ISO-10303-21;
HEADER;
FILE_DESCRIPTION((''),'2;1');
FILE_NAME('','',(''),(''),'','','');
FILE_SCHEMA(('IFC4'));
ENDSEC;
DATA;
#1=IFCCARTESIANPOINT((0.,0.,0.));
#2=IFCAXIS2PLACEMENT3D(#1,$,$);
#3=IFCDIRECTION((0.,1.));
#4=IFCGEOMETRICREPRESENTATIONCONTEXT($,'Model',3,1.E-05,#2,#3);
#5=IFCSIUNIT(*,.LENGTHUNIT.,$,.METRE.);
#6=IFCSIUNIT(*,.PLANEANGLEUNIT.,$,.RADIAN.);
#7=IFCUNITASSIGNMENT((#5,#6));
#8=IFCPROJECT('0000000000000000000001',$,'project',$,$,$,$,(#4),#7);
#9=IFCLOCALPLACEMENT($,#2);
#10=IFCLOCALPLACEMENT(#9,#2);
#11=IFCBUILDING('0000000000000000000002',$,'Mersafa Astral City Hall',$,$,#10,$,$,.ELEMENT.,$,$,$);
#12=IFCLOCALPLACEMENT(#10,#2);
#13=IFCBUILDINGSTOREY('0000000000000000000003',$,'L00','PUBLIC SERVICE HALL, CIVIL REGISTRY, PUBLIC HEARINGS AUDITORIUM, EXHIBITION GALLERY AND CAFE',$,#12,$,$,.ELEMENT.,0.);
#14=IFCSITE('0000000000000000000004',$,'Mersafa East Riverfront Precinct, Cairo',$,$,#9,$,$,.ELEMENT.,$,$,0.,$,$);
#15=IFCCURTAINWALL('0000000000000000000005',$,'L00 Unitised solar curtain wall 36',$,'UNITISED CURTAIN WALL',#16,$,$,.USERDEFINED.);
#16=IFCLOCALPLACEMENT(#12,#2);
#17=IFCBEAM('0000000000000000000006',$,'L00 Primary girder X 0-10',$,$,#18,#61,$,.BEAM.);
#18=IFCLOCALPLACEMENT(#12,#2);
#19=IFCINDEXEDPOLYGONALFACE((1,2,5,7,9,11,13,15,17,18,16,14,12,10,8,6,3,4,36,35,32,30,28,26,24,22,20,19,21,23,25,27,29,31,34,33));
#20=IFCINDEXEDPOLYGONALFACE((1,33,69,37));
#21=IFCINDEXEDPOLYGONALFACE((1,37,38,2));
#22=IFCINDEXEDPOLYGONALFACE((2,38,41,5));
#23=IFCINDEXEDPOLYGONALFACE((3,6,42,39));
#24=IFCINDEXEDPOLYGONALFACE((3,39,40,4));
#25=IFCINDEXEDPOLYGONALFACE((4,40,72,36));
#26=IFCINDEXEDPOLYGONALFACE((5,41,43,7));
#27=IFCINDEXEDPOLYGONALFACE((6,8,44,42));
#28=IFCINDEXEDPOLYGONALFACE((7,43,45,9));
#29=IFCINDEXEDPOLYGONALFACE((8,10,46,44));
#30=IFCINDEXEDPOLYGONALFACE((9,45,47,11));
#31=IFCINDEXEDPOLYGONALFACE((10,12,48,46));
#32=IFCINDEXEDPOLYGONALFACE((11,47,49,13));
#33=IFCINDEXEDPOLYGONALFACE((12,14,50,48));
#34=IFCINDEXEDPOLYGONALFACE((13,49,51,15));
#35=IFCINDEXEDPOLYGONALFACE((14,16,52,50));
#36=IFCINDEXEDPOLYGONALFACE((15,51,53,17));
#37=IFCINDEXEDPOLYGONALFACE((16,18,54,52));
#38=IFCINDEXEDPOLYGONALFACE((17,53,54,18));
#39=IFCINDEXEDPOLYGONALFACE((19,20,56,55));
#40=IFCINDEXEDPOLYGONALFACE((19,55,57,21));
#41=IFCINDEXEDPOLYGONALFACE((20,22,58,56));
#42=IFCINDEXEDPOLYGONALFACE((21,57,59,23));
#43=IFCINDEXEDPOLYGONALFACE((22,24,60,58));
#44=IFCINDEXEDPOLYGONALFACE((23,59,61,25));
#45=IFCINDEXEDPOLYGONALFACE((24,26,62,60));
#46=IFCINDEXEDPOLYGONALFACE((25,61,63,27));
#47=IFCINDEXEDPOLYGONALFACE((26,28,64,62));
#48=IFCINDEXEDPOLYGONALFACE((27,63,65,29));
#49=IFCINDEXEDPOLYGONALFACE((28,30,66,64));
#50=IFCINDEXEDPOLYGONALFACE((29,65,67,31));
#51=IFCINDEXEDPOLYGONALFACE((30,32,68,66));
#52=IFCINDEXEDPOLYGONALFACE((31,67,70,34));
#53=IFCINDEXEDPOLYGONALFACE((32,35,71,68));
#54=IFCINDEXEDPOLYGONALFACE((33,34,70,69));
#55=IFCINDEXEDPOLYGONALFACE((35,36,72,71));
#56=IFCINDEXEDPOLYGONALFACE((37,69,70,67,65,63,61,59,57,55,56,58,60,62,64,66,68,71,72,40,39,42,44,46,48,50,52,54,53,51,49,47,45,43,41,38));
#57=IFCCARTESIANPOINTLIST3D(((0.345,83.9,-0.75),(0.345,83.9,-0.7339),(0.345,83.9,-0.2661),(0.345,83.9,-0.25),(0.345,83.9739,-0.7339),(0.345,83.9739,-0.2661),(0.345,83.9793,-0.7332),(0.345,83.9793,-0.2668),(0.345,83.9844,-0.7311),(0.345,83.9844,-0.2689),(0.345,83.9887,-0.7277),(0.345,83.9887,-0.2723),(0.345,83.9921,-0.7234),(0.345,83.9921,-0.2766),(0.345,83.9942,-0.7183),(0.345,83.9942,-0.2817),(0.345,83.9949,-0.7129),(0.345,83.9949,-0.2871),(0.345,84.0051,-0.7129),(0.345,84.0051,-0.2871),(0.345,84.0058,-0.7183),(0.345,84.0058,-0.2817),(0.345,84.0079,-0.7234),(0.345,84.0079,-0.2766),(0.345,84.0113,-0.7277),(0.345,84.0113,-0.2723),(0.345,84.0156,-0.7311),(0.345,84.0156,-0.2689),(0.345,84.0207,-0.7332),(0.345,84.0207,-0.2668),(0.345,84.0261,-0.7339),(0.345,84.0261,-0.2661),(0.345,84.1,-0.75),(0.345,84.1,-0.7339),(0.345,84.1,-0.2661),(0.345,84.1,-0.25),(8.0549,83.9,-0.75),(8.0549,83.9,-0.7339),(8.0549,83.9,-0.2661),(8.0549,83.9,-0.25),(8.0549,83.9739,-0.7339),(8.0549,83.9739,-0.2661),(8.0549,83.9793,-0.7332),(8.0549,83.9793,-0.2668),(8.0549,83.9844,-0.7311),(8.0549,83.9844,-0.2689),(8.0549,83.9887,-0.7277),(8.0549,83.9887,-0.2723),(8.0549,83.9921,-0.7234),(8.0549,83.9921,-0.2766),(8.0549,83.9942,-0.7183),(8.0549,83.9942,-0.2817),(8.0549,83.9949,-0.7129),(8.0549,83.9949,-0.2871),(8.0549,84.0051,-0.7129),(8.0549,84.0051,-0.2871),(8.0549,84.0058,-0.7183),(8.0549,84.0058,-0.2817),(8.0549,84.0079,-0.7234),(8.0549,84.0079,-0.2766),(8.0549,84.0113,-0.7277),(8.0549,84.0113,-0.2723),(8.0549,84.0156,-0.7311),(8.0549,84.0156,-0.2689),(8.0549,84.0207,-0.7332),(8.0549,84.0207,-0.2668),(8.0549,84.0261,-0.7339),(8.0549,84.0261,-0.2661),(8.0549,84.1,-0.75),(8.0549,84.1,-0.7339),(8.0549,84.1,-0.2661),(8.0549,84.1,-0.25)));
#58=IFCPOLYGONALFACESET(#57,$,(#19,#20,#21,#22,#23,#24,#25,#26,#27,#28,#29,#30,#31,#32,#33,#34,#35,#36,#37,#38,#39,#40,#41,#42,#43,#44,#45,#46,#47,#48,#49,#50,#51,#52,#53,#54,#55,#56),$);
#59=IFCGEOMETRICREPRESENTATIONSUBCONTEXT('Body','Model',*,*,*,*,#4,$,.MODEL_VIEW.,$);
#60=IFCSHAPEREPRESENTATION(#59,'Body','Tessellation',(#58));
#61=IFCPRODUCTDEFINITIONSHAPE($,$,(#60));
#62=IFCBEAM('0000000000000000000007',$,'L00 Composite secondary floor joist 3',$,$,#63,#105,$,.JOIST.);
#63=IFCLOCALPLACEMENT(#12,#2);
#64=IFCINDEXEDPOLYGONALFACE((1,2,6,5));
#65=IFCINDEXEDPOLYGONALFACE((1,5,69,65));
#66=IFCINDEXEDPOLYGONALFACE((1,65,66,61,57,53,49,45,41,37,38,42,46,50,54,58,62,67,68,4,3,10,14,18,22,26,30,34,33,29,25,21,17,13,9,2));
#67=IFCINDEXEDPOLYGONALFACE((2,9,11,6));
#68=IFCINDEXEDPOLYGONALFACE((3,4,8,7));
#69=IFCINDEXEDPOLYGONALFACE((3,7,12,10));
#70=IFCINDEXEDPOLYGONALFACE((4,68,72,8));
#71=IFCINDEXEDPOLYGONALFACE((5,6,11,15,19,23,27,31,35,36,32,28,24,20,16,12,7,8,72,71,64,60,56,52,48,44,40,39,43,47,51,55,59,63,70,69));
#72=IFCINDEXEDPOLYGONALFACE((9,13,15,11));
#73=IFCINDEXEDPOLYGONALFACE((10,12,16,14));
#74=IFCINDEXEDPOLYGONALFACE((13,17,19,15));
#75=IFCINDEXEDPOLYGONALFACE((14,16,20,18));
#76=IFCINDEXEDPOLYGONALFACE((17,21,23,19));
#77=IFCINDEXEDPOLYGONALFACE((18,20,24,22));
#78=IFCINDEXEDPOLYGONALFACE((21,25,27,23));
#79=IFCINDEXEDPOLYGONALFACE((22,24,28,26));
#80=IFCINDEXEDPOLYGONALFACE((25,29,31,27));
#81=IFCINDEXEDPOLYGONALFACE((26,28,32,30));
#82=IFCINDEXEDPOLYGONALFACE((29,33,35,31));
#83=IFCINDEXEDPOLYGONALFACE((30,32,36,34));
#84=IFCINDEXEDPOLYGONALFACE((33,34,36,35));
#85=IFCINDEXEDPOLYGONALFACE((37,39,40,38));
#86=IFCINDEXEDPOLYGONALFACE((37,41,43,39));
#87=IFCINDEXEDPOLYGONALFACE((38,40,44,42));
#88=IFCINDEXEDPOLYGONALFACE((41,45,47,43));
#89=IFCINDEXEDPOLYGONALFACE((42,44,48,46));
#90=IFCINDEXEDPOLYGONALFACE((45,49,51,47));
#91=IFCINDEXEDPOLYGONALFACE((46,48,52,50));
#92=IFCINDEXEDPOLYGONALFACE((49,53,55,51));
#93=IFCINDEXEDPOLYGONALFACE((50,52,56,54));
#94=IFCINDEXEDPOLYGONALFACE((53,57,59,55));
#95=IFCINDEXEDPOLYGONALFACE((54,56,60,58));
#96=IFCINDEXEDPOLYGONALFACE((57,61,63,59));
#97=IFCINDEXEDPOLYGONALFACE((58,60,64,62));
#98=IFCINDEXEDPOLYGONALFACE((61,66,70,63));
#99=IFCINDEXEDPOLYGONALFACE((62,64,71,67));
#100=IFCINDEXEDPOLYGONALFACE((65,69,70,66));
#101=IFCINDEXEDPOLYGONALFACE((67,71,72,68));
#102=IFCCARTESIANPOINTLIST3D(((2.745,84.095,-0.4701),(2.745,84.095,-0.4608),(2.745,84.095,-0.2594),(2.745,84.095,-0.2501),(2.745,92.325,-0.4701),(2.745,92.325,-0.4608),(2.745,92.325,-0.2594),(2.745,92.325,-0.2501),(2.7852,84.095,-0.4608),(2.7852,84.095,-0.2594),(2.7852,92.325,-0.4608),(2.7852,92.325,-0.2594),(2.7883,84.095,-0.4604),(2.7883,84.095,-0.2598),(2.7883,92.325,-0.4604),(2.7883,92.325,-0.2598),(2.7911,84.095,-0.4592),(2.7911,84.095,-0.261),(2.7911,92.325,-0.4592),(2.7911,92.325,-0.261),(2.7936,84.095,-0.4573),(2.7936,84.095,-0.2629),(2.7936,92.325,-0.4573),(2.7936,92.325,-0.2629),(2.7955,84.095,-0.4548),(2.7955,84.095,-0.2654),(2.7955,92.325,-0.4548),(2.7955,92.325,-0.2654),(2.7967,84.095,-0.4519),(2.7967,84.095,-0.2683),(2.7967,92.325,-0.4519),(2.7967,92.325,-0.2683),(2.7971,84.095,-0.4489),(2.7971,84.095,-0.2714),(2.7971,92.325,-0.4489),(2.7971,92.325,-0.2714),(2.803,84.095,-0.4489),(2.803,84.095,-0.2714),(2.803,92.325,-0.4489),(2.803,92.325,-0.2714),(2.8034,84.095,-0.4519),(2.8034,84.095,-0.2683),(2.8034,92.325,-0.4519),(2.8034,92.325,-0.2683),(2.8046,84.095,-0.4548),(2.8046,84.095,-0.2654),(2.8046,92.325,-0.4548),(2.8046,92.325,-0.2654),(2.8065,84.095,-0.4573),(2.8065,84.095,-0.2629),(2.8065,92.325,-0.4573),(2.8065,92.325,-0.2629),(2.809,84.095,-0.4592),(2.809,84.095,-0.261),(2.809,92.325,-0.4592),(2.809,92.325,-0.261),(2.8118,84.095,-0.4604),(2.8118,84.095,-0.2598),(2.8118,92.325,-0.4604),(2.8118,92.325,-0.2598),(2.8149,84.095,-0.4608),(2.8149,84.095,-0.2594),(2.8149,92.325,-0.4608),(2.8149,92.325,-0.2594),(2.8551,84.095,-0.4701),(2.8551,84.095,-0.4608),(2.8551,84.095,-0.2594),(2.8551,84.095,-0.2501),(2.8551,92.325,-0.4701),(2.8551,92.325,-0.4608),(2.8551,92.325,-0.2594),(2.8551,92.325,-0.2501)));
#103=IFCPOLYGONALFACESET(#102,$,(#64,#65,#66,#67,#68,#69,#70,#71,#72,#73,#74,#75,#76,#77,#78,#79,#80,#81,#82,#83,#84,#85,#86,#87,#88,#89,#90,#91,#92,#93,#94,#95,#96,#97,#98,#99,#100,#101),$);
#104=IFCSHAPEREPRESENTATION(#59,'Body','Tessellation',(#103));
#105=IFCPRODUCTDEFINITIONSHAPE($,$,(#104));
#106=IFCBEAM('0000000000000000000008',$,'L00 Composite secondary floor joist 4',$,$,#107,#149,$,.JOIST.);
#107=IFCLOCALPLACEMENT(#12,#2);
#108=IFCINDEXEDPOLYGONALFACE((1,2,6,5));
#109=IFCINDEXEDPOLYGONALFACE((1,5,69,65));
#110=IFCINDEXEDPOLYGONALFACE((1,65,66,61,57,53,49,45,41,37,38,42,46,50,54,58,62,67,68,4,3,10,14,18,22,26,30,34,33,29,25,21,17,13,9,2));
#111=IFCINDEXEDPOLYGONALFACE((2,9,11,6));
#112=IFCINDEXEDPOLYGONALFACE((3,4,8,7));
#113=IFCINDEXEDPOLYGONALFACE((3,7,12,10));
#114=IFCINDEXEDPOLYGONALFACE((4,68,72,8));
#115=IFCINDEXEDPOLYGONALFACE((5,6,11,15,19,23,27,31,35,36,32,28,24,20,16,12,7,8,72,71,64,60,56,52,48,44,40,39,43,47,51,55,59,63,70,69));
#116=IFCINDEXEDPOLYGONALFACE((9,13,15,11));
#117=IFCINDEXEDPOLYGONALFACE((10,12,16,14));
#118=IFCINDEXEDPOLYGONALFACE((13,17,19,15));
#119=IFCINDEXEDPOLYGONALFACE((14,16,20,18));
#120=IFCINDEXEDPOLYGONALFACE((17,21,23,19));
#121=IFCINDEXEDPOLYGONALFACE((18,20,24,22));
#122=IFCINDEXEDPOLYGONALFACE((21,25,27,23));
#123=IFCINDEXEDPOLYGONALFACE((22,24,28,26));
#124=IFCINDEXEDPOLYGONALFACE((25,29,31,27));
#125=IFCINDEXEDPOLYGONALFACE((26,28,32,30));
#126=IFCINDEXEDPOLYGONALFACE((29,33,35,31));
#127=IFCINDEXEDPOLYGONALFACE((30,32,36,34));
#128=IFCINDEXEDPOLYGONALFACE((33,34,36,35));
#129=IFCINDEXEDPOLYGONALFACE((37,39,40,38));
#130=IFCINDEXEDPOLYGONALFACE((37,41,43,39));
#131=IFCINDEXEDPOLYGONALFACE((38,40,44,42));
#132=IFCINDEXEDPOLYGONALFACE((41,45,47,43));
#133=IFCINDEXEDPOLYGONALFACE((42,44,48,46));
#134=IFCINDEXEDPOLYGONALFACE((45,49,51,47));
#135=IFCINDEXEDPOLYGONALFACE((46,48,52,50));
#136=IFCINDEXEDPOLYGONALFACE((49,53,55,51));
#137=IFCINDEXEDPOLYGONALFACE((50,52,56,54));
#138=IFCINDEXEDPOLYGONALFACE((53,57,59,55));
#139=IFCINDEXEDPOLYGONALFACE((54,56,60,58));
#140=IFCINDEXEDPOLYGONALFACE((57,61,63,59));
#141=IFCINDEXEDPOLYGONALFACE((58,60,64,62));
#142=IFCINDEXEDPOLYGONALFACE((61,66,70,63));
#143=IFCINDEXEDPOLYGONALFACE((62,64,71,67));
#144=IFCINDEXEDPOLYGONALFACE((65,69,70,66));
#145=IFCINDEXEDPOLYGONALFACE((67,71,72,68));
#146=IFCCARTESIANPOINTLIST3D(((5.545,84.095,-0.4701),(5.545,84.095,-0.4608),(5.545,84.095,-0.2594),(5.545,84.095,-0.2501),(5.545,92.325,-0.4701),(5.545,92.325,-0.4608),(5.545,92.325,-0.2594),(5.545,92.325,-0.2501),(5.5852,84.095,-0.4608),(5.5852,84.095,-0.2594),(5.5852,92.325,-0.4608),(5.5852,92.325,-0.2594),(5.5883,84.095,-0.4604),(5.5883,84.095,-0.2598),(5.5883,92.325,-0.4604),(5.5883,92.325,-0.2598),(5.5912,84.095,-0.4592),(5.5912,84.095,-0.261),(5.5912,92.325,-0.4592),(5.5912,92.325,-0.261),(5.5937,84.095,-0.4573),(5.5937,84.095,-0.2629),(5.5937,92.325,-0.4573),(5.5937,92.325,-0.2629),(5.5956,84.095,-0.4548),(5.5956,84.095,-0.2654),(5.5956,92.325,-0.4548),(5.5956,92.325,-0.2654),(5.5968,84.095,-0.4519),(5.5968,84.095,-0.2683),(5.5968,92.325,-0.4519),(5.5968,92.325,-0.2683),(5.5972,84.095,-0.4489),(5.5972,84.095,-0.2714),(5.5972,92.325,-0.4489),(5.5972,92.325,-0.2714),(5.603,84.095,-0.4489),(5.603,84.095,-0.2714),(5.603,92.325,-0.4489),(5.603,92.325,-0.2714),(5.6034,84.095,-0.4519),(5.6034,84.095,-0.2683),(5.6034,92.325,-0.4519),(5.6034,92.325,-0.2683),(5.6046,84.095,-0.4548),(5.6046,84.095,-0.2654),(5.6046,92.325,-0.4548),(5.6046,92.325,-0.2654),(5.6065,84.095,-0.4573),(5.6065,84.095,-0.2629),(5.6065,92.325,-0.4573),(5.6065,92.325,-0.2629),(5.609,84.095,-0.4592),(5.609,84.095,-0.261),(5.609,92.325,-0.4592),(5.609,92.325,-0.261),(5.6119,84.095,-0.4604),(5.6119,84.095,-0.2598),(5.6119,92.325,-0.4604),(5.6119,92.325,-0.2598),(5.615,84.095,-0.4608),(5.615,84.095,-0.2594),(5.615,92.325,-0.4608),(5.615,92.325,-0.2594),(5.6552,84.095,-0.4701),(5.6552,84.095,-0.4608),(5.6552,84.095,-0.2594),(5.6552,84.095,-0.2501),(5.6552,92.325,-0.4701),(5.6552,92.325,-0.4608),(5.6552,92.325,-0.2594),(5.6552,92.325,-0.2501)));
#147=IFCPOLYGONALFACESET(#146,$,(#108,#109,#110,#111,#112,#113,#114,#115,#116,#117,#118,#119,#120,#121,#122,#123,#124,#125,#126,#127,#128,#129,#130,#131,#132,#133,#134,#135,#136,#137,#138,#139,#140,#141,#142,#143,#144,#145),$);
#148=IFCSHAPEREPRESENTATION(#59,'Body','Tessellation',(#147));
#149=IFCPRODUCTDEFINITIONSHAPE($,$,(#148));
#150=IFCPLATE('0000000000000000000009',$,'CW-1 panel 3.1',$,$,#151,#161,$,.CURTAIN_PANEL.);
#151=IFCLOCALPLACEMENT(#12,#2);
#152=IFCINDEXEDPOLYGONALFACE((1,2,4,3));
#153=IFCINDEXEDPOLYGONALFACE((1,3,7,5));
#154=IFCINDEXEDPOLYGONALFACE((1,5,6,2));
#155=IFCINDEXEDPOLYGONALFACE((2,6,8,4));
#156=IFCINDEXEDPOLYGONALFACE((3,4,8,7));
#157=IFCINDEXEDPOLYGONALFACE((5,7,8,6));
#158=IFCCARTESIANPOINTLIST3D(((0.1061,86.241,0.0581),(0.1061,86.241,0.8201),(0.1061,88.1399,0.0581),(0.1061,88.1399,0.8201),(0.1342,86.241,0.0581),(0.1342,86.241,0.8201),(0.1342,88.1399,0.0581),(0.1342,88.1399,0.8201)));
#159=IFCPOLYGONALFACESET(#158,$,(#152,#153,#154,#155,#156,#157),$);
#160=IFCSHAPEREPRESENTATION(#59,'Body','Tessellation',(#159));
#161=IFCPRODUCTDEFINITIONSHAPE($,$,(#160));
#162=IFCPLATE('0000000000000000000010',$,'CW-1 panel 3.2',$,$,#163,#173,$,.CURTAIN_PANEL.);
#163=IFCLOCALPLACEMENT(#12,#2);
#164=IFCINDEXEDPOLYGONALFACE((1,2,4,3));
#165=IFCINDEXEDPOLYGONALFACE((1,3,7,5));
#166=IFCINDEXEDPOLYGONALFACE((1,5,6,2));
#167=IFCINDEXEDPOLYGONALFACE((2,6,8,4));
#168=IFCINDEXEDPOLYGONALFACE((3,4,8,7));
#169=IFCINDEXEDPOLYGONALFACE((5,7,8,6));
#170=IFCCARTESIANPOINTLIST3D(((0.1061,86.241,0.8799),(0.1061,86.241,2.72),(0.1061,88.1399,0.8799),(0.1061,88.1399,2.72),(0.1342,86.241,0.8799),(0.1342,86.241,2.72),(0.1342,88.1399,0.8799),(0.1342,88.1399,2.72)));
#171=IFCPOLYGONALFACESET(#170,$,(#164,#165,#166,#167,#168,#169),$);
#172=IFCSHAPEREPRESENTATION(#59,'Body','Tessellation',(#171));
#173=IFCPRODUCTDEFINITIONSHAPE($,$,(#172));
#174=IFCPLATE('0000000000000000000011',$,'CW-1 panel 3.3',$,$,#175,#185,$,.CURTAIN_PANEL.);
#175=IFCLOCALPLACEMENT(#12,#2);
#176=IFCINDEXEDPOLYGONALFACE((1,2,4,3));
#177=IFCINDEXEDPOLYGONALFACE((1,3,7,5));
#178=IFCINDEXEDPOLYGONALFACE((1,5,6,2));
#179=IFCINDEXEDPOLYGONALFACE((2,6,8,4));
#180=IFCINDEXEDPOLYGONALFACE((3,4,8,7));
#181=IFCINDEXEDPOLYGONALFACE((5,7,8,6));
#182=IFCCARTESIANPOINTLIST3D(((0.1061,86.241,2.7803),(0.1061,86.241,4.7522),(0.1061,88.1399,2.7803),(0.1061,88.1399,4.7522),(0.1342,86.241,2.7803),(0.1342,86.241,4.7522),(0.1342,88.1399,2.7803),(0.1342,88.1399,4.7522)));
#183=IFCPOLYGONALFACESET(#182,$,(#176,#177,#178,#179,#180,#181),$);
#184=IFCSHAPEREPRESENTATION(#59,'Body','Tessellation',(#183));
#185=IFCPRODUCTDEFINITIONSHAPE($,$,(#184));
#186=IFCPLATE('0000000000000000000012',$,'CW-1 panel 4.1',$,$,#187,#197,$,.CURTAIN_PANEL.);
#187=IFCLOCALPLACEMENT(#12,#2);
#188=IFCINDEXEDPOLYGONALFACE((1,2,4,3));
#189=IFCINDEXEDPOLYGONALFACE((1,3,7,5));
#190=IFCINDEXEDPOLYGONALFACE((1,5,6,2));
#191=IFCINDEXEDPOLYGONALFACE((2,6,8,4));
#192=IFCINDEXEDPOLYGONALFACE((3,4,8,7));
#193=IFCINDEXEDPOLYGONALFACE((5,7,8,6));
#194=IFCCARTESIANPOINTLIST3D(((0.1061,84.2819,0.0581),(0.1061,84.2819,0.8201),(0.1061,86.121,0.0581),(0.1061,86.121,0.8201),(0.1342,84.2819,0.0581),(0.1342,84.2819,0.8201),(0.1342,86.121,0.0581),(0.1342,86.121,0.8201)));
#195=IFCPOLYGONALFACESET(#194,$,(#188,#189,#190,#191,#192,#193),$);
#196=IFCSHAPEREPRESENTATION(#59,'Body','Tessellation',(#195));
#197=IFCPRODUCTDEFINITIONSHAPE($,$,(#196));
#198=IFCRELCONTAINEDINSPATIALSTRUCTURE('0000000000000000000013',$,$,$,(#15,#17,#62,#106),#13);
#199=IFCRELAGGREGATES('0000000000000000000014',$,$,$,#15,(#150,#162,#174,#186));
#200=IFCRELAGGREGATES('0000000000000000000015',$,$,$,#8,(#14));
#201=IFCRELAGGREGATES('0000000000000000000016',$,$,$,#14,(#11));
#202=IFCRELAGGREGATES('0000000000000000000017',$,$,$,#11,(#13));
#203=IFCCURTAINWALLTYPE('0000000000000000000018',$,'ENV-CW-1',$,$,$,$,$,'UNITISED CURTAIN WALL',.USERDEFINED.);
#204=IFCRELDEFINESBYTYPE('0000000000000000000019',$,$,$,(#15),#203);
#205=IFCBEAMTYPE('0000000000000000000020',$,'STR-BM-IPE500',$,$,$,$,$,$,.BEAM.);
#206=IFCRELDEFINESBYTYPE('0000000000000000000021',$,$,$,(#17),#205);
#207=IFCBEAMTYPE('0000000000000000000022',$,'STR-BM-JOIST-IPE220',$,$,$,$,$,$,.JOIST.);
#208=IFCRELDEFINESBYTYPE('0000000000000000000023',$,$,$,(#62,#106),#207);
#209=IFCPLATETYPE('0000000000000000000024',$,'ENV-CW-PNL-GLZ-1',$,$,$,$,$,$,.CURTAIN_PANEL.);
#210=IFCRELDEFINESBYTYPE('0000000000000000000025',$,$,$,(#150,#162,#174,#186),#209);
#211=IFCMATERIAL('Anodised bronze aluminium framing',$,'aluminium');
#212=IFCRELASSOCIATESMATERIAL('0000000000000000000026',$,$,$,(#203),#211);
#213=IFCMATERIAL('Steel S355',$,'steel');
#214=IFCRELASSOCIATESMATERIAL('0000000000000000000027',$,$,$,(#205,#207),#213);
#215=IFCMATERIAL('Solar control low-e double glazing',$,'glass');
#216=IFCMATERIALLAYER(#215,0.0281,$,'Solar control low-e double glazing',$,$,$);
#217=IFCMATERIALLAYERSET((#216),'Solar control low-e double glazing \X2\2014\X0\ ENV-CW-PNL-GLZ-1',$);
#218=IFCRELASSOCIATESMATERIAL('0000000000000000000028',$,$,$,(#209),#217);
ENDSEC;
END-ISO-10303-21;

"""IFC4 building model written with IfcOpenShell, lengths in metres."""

from ifc_helpers import new_model, si_unit, direction, frame, origin, origin_2d, place, context, subcontext, project, spatial, rectangle, i_section, extrude, material, layer, layer_set, material_profile, profile_set, type_object, element, aggregate, save


model = new_model("IFC4")

# Units and contexts
model_context = context("Model", 3, precision=1e-05, world=origin(), true_north=direction((0.0, 1.0)))
body_context = subcontext(model_context, "Body", "Model", "MODEL_VIEW")
ifc_project = project(units=[si_unit("LENGTHUNIT", "METRE"), si_unit("PLANEANGLEUNIT", "RADIAN")], contexts=[model_context])

# Site, building, storey
site_placement = place(None, origin())
site = spatial("IfcSite", under=ifc_project, at=site_placement, Name="Mersafa East Riverfront Precinct, Cairo", CompositionType="ELEMENT", RefElevation=0.0)
building_placement = place(site_placement, origin())
building = spatial("IfcBuilding", under=site, at=building_placement, Name="Mersafa Astral City Hall", CompositionType="ELEMENT")
storey_placement = place(building_placement, origin())
storey = spatial("IfcBuildingStorey", under=building, at=storey_placement, Name="L00", Description="PUBLIC SERVICE HALL, CIVIL REGISTRY, PUBLIC HEARINGS AUDITORIUM, EXHIBITION GALLERY AND CAFE", CompositionType="ELEMENT", Elevation=0.0)

# Shared definitions
ifc_material_1 = material(Name="Steel S355", Category="steel")

# Curtain wall
ifc_material_2 = material(Name="Anodised bronze aluminium framing", Category="aluminium")
curtain_wall_type_1 = type_object("IfcCurtainWallType", Name="ENV-CW-1", ElementType="UNITISED CURTAIN WALL", PredefinedType="USERDEFINED", material=ifc_material_2)
curtain_wall_1_placement = place(storey_placement, origin())
curtain_wall_1 = element("IfcCurtainWall", 1, at=curtain_wall_1_placement, inside=storey, type_object=curtain_wall_type_1, Name="L00 Unitised solar curtain wall 36", ObjectType="UNITISED CURTAIN WALL", PredefinedType="USERDEFINED")

# Beams
ifc_material_profile_1 = material_profile(ifc_material_1, i_section(OverallWidth=0.2, OverallDepth=0.5, WebThickness=0.0103, FlangeThickness=0.0161, FilletRadius=0.021, at=origin_2d()), Name="IPE 500")
ifc_profile_set_1 = profile_set([ifc_material_profile_1], Name="Steel S355")
beam_type_1 = type_object("IfcBeamType", Name="STR-BM-IPE500", PredefinedType="BEAM", material=ifc_profile_set_1)
beam_1_placement = place(storey_placement, frame((0.345, 84.0, -0.5), z_axis=(1.0, 0.0, 0.0), x_axis=(0.0, 1.0, 0.0)))
element("IfcBeam", 2, at=beam_1_placement, inside=storey, type_object=beam_type_1, Name="L00 Primary girder X 0-10", PredefinedType="BEAM", context=body_context, shape_type="SweptSolid", body=[
    extrude(i_section(OverallWidth=0.2, OverallDepth=0.5, WebThickness=0.0103, FlangeThickness=0.0161, FilletRadius=0.021, at=origin_2d()), origin(), (0.0, 0.0, 1.0), 7.71),
])
ifc_material_profile_2 = material_profile(ifc_material_1, i_section(OverallWidth=0.1101, OverallDepth=0.22, WebThickness=0.0059, FlangeThickness=0.0093, FilletRadius=0.012, at=origin_2d()), Name="IPE 220")
ifc_profile_set_2 = profile_set([ifc_material_profile_2], Name="Steel S355")
beam_type_2 = type_object("IfcBeamType", Name="STR-BM-JOIST-IPE220", PredefinedType="JOIST", material=ifc_profile_set_2)
for number, where, z_axis, x_axis, name in (
    (3, (2.8, 84.095, -0.3601), (0.0, 1.0, 0.0), (-1.0, 0.0, 0.0), "L00 Composite secondary floor joist 3"),
    (4, (5.6001, 84.095, -0.3601), (0.0, 1.0, 0.0), (-1.0, 0.0, 0.0), "L00 Composite secondary floor joist 4"),
):
    element("IfcBeam", number, at=place(storey_placement, frame(where, z_axis=z_axis, x_axis=x_axis)), inside=storey, type_object=beam_type_2, Name=name, PredefinedType="JOIST", context=body_context, shape_type="SweptSolid", body=[
        extrude(i_section(OverallWidth=0.1101, OverallDepth=0.22, WebThickness=0.0059, FlangeThickness=0.0093, FilletRadius=0.012, at=origin_2d()), origin(), (0.0, 0.0, 1.0), 8.23),
    ])

# Plates
ifc_material_3 = material(Name="Solar control low-e double glazing", Category="glass")
ifc_layer = layer(ifc_material_3, 0.0281, Name="Solar control low-e double glazing")
ifc_layer_set = layer_set([ifc_layer], Name="Solar control low-e double glazing — ENV-CW-PNL-GLZ-1")
plate_type = type_object("IfcPlateType", Name="ENV-CW-PNL-GLZ-1", PredefinedType="CURTAIN_PANEL", material=ifc_layer_set)
plate_1_placement = place(storey_placement, frame((0.1201, 87.1904, 0.0581), z_axis=(0.0, 0.0, 1.0), x_axis=(0.0, -1.0, 0.0)))
plate_1 = element("IfcPlate", 5, at=plate_1_placement, type_object=plate_type, Name="CW-1 panel 3.1", PredefinedType="CURTAIN_PANEL", context=body_context, shape_type="SweptSolid", body=[
    extrude(rectangle(XDim=1.8989, YDim=0.0281, at=origin_2d()), origin(), (0.0, 0.0, 1.0), 0.762),
])
plate_2_placement = place(storey_placement, frame((0.1201, 87.1904, 0.8799), z_axis=(0.0, 0.0, 1.0), x_axis=(0.0, -1.0, 0.0)))
plate_2 = element("IfcPlate", 6, at=plate_2_placement, type_object=plate_type, Name="CW-1 panel 3.2", PredefinedType="CURTAIN_PANEL", context=body_context, shape_type="SweptSolid", body=[
    extrude(rectangle(XDim=1.8989, YDim=0.0281, at=origin_2d()), origin(), (0.0, 0.0, 1.0), 1.8401),
])
plate_3_placement = place(storey_placement, frame((0.1201, 87.1904, 2.7803), z_axis=(0.0, 0.0, 1.0), x_axis=(0.0, -1.0, 0.0)))
plate_3 = element("IfcPlate", 7, at=plate_3_placement, type_object=plate_type, Name="CW-1 panel 3.3", PredefinedType="CURTAIN_PANEL", context=body_context, shape_type="SweptSolid", body=[
    extrude(rectangle(XDim=1.8989, YDim=0.0281, at=origin_2d()), origin(), (0.0, 0.0, 1.0), 1.9719),
])
plate_4_placement = place(storey_placement, frame((0.1201, 85.2014, 0.0581), z_axis=(0.0, 0.0, 1.0), x_axis=(0.0, -1.0, 0.0)))
plate_4 = element("IfcPlate", 8, at=plate_4_placement, type_object=plate_type, Name="CW-1 panel 4.1", PredefinedType="CURTAIN_PANEL", context=body_context, shape_type="SweptSolid", body=[
    extrude(rectangle(XDim=1.8391, YDim=0.0281, at=origin_2d()), origin(), (0.0, 0.0, 1.0), 0.762),
])
aggregate(curtain_wall_1, [plate_1, plate_2, plate_3, plate_4])

save(model, "model.ifc")
